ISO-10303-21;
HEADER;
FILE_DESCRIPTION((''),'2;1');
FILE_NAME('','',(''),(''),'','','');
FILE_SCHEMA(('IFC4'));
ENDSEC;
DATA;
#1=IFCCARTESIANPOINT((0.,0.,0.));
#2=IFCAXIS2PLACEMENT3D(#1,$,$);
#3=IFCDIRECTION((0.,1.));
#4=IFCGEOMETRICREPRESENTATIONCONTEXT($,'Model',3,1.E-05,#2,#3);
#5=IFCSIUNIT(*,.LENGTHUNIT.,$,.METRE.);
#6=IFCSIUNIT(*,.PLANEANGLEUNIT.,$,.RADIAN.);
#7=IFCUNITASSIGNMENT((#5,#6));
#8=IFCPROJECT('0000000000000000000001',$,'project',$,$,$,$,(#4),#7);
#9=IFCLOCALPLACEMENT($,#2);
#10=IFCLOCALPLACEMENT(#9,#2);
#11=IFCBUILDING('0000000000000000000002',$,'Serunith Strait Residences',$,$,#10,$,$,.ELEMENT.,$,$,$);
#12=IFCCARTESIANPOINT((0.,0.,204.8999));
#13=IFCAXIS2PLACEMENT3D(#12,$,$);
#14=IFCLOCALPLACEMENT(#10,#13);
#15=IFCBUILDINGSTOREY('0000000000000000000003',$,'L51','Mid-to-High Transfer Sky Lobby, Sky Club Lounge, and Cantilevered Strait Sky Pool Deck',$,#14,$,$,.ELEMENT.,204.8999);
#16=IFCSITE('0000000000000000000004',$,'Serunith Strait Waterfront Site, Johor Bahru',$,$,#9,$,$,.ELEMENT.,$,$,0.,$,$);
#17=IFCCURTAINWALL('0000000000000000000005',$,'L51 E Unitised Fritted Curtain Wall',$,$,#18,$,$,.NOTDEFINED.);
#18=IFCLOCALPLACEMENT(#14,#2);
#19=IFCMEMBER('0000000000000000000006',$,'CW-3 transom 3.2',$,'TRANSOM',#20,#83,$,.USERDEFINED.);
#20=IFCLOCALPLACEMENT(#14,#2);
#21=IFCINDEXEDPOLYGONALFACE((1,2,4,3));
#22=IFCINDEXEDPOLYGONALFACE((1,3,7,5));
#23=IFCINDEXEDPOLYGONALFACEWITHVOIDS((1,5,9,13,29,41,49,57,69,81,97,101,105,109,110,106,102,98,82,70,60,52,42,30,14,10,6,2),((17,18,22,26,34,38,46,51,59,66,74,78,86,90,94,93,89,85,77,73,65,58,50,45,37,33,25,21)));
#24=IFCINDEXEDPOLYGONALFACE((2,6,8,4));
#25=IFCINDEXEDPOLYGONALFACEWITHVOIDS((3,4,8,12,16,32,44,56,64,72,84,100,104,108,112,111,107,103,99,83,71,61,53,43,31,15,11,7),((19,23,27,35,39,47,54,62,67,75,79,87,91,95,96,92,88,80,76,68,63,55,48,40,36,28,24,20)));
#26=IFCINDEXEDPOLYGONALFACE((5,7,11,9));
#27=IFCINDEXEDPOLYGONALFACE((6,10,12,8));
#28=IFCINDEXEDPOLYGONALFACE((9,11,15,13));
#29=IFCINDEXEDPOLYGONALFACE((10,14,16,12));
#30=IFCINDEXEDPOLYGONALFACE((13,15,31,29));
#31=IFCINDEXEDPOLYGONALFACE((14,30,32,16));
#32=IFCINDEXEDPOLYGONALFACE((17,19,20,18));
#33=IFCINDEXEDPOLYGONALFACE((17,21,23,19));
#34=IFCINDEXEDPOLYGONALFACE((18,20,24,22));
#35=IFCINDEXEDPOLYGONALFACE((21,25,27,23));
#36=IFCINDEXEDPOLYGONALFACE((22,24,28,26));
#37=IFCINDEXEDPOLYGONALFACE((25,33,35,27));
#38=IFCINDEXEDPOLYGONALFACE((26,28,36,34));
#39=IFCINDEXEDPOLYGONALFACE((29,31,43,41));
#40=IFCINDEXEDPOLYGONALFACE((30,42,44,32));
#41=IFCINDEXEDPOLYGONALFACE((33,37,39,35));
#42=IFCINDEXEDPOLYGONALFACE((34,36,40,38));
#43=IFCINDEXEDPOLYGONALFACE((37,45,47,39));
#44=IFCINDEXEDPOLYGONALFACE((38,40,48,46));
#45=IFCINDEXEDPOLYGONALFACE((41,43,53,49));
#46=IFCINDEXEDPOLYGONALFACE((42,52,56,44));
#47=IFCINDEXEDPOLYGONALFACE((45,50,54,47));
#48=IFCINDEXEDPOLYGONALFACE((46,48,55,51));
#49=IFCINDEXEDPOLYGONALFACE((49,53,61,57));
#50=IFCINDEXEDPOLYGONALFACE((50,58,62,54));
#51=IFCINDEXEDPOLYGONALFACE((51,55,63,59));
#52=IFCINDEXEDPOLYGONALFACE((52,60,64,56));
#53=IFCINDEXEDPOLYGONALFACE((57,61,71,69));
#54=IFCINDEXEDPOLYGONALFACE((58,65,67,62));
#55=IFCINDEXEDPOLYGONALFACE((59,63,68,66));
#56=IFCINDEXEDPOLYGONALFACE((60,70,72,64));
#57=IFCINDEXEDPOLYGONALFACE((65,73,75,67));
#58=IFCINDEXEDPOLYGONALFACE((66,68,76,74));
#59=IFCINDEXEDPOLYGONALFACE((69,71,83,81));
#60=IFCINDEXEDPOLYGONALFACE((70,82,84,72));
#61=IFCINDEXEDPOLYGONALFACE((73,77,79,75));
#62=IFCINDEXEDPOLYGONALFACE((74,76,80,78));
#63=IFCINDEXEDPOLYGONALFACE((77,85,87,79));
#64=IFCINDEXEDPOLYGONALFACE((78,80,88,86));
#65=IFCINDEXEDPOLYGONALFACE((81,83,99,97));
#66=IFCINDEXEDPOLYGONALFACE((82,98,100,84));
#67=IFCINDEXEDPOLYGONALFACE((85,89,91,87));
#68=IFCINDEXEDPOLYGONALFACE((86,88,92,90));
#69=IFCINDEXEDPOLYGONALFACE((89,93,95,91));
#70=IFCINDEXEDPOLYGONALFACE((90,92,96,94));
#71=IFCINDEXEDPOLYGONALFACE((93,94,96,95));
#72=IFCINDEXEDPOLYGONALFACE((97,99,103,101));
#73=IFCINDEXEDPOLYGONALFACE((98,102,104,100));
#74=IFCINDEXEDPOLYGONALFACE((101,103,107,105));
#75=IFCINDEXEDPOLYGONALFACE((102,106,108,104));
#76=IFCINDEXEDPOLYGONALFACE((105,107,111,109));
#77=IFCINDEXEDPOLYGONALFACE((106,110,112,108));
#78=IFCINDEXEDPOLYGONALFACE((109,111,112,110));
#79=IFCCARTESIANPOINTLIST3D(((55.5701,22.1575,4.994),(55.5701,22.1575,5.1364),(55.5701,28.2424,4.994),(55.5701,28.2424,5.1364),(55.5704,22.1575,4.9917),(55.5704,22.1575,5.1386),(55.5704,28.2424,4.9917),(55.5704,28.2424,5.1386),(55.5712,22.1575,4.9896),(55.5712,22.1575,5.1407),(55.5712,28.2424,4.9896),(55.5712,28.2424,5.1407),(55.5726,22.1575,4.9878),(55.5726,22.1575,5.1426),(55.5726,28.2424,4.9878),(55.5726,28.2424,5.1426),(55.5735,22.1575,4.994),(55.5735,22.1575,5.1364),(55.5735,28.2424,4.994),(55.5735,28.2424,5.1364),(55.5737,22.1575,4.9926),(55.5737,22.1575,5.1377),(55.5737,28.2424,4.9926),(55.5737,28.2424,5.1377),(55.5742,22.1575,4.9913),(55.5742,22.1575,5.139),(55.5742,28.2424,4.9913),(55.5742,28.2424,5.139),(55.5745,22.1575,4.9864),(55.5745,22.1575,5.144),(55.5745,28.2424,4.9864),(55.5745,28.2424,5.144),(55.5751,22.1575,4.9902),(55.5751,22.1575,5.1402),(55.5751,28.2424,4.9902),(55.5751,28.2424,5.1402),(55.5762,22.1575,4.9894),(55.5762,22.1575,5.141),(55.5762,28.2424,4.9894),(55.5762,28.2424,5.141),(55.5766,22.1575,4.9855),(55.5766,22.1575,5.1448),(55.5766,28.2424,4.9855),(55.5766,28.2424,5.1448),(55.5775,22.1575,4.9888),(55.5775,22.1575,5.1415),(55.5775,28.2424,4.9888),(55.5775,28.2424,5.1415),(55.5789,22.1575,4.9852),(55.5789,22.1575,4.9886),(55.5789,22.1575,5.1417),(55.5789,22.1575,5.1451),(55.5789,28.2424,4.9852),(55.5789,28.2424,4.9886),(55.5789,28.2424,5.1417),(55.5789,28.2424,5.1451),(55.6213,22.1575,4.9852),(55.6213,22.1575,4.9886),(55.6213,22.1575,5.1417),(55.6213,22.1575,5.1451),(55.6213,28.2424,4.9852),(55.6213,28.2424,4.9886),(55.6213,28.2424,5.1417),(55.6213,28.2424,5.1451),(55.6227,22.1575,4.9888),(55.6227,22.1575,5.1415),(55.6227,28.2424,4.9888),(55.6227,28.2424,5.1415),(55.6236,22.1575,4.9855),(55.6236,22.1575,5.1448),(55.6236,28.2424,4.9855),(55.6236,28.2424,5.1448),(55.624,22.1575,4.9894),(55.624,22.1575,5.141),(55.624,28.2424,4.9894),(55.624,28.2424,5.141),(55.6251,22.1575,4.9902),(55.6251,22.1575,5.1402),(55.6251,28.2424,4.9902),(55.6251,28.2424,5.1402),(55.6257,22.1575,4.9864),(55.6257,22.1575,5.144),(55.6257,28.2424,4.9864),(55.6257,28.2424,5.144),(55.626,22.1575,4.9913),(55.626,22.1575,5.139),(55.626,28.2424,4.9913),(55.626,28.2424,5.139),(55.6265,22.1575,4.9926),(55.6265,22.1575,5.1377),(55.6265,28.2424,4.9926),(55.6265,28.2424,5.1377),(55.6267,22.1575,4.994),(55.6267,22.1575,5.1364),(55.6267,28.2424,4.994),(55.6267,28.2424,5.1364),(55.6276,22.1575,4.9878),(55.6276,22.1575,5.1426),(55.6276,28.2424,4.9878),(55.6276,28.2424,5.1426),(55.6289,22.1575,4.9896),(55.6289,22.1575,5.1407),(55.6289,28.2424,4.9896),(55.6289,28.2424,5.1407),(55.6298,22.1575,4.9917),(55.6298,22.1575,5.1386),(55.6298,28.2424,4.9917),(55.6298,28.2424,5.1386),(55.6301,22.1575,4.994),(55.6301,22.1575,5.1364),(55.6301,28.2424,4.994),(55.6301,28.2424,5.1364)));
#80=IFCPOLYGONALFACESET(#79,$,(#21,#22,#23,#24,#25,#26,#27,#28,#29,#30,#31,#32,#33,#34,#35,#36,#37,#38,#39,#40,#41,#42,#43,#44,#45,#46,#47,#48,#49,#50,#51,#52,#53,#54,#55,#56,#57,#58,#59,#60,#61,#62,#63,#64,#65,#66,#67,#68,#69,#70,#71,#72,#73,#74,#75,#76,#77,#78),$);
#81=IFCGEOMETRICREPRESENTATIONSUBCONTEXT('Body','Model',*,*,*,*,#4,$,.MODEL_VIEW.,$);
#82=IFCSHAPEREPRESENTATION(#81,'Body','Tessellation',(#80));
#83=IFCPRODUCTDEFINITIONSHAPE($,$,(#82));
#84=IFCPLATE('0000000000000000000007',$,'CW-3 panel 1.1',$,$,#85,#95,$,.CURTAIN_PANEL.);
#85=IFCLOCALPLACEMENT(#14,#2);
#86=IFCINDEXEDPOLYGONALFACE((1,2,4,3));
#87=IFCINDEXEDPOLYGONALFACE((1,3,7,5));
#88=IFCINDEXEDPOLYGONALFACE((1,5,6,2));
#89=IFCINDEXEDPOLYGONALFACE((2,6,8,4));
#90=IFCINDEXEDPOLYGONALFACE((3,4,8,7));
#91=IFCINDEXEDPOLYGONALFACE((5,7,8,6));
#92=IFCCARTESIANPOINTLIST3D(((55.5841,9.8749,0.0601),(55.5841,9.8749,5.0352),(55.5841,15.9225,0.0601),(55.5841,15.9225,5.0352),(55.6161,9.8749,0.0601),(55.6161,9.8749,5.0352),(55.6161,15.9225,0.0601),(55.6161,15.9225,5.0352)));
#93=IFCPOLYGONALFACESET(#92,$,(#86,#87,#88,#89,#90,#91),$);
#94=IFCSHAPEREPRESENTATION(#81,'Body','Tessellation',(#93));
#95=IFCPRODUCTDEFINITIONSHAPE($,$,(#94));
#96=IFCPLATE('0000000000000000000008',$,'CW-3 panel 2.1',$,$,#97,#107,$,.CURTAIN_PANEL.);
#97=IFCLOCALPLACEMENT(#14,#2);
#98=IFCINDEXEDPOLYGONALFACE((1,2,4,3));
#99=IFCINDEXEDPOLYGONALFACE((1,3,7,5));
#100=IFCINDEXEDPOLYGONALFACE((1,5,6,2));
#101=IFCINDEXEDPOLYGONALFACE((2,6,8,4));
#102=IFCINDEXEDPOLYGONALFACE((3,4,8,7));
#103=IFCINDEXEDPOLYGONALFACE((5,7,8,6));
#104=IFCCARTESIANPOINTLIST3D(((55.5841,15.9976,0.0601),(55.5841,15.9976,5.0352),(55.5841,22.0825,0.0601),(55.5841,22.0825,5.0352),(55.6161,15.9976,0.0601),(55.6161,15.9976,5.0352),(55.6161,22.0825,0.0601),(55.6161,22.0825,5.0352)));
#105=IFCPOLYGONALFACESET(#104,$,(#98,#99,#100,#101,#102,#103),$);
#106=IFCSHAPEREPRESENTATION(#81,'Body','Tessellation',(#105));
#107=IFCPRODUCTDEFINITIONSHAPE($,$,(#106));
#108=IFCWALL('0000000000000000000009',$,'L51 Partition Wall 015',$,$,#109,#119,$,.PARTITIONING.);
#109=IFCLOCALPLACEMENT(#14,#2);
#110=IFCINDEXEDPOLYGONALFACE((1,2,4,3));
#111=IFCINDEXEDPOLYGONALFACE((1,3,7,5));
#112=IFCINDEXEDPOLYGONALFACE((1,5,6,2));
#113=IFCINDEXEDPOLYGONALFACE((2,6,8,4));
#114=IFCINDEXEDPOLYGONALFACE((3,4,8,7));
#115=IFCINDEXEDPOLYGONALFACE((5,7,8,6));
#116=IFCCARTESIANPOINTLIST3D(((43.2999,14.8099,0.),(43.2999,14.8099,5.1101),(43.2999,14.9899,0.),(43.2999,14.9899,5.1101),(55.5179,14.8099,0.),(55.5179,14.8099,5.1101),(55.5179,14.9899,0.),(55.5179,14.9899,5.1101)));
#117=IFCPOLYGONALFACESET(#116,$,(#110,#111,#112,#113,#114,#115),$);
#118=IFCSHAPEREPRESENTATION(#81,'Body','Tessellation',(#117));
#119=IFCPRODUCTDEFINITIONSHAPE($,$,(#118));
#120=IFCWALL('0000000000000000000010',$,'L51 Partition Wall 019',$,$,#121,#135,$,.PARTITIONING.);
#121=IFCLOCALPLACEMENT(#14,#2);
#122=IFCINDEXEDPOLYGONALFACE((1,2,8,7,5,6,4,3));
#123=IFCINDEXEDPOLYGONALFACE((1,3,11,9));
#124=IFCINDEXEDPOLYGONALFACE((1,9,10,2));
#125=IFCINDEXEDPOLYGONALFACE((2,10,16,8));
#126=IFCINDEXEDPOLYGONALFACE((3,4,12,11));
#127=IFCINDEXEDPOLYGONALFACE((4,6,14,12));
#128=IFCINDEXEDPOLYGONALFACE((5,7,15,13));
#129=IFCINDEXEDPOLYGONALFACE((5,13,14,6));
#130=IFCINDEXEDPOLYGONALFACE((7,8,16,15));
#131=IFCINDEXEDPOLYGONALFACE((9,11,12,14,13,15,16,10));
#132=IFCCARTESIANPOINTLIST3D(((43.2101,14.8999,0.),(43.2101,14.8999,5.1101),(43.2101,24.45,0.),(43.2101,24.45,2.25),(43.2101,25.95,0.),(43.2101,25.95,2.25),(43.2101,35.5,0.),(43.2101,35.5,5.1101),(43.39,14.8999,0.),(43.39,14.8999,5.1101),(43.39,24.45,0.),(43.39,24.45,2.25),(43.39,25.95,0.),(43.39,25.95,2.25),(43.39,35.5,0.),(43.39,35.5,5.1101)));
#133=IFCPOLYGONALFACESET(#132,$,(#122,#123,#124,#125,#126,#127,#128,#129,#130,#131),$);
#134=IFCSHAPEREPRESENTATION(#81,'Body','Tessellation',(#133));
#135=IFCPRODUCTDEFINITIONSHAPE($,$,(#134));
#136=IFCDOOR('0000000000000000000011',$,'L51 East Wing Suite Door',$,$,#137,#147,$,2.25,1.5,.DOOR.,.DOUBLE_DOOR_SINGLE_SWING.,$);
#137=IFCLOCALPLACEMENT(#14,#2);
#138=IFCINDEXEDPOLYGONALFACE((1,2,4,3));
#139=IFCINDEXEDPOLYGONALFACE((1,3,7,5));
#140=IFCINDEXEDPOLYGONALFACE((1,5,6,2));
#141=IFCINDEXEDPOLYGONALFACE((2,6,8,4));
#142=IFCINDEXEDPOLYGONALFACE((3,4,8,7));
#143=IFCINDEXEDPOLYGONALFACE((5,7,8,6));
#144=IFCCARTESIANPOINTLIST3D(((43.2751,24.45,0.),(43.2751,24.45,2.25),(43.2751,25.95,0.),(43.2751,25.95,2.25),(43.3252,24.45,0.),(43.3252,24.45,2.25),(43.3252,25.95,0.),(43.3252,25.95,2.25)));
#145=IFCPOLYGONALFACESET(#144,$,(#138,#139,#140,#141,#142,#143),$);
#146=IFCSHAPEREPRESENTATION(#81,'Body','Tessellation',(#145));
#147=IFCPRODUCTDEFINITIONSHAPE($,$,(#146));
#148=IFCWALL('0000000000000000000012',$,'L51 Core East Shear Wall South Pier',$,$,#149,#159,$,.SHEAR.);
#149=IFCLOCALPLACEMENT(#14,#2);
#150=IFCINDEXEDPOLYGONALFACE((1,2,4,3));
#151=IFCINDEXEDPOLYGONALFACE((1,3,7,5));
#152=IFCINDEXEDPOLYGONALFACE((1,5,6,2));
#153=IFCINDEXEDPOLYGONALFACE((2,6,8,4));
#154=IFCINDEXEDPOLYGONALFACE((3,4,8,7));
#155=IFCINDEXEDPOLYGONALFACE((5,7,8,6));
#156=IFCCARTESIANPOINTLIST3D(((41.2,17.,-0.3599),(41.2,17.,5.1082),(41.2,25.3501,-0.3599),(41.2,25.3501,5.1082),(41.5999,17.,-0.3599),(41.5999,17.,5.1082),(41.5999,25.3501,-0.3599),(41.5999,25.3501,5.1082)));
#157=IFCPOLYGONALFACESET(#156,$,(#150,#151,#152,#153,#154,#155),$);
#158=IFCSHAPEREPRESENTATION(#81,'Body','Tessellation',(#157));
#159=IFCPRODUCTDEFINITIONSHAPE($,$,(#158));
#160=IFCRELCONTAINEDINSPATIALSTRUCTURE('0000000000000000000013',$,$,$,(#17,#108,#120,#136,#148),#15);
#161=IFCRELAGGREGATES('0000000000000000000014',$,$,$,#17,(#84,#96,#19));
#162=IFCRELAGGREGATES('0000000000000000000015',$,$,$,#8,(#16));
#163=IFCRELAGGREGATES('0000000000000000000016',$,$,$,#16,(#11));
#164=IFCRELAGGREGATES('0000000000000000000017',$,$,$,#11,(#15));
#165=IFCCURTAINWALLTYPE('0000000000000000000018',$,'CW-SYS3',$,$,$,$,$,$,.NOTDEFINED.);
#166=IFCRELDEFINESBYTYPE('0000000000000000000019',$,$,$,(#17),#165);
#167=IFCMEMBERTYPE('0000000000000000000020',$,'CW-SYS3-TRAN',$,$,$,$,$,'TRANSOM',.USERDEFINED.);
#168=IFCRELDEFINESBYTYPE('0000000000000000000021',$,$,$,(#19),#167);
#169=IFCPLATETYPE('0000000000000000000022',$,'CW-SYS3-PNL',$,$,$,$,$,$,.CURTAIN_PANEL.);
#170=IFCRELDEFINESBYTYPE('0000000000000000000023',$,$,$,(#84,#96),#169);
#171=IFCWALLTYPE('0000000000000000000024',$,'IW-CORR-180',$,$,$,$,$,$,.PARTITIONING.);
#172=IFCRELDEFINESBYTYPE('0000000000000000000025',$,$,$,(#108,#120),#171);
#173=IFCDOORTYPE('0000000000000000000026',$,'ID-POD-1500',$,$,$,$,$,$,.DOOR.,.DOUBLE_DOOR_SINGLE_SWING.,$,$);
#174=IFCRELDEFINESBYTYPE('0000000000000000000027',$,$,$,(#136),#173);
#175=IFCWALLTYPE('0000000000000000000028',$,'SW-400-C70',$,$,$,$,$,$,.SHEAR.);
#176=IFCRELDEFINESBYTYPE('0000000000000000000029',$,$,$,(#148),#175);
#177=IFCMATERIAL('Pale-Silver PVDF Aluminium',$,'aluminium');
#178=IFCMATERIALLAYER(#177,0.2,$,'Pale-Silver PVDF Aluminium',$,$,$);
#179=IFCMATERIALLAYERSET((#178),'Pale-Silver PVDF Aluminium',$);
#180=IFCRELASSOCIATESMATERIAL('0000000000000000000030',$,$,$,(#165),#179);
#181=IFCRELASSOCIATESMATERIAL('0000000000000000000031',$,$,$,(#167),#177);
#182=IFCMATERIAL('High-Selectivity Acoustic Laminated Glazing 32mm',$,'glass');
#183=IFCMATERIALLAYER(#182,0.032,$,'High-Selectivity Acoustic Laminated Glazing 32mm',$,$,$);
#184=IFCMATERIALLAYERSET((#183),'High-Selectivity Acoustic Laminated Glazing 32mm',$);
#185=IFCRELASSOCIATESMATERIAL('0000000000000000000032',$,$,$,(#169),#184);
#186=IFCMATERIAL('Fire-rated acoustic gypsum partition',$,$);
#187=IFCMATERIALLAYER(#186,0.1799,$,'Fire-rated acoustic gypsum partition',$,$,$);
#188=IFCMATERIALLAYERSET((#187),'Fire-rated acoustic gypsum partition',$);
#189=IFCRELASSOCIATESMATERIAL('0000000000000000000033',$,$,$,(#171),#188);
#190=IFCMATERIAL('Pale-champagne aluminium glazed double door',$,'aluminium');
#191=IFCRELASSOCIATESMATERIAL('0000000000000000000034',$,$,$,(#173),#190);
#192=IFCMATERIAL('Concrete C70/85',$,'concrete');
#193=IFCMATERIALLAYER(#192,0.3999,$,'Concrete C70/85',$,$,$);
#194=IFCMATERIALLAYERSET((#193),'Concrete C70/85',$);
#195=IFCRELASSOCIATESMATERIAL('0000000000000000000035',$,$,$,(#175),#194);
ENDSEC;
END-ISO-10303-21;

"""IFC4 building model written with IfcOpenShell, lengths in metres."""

from ifc_helpers import new_model, si_unit, direction, frame, frame_2d, origin, origin_2d, place, context, subcontext, project, spatial, rectangle, hollow_rectangle, extrude, source, transform, mapped, material, layer, layer_set, material_profile, profile_set, type_object, element, fill, aggregate, save


model = new_model("IFC4")

# Units and contexts
model_context = context("Model", 3, precision=1e-05, world=origin(), true_north=direction((0.0, 1.0)))
body_context = subcontext(model_context, "Body", "Model", "MODEL_VIEW")
ifc_project = project(units=[si_unit("LENGTHUNIT", "METRE"), si_unit("PLANEANGLEUNIT", "RADIAN")], contexts=[model_context])

# Site, building, storey
site_placement = place(None, origin())
site = spatial("IfcSite", under=ifc_project, at=site_placement, Name="Serunith Strait Waterfront Site, Johor Bahru", CompositionType="ELEMENT", RefElevation=0.0)
building_placement = place(site_placement, origin())
building = spatial("IfcBuilding", under=site, at=building_placement, Name="Serunith Strait Residences", CompositionType="ELEMENT")
storey_placement = place(building_placement, frame((0.0, 0.0, 204.8999)))
storey = spatial("IfcBuildingStorey", under=building, at=storey_placement, Name="L51", Description="Mid-to-High Transfer Sky Lobby, Sky Club Lounge, and Cantilevered Strait Sky Pool Deck", CompositionType="ELEMENT", Elevation=204.8999)

# Curtain wall, member, plates
ifc_material_1 = material(Name="Pale-Silver PVDF Aluminium", Category="aluminium")
ifc_layer_1 = layer(ifc_material_1, 0.2, Name="Pale-Silver PVDF Aluminium")
ifc_layer_set_1 = layer_set([ifc_layer_1], Name="Pale-Silver PVDF Aluminium")
curtain_wall_type = type_object("IfcCurtainWallType", Name="CW-SYS3", PredefinedType="NOTDEFINED", material=ifc_layer_set_1)
curtain_wall_placement = place(storey_placement, origin())
curtain_wall = element("IfcCurtainWall", 1, at=curtain_wall_placement, inside=storey, type_object=curtain_wall_type, Name="L51 E Unitised Fritted Curtain Wall", PredefinedType="NOTDEFINED")
ifc_material_profile_1 = material_profile(ifc_material_1, hollow_rectangle(XDim=0.0601, YDim=0.1599, WallThickness=0.0034, InnerFilletRadius=0.0054, OuterFilletRadius=0.0088, at=origin_2d()), Name="ALU 160x60x3.5")
ifc_profile_set_1 = profile_set([ifc_material_profile_1], Name="Pale-Silver PVDF Aluminium")
member_type_1 = type_object("IfcMemberType", Name="CW-SYS3-TRAN", ElementType="TRANSOM", PredefinedType="USERDEFINED", material=ifc_profile_set_1)
shared_shape_1 = source(origin(), body_context, "Body", "SweptSolid", [
    extrude(hollow_rectangle(XDim=0.0601, YDim=0.1599, WallThickness=0.0034, InnerFilletRadius=0.0054, OuterFilletRadius=0.0088, at=origin_2d()), origin(), (0.0, 0.0, 1.0), 6.085),
])
member_1_placement = place(storey_placement, frame((55.6001, 22.1575, 5.0652), z_axis=(0.0, 1.0, 0.0), x_axis=(-1.0, 0.0, 0.0)))
member_1 = element("IfcMember", 2, at=member_1_placement, type_object=member_type_1, Name="CW-3 transom 3.2", ObjectType="TRANSOM", PredefinedType="USERDEFINED", context=body_context, shape_type="MappedRepresentation", body=[
    mapped(shared_shape_1, transform((0.0, 0.0, 0.0), scale=1.0)),
])
ifc_material_2 = material(Name="High-Selectivity Acoustic Laminated Glazing 32mm", Category="glass")
ifc_layer_2 = layer(ifc_material_2, 0.032, Name="High-Selectivity Acoustic Laminated Glazing 32mm")
ifc_layer_set_2 = layer_set([ifc_layer_2], Name="High-Selectivity Acoustic Laminated Glazing 32mm")
plate_type = type_object("IfcPlateType", Name="CW-SYS3-PNL", PredefinedType="CURTAIN_PANEL", material=ifc_layer_set_2)
shared_shape_2 = source(origin(), body_context, "Body", "SweptSolid", [
    extrude(rectangle(XDim=6.0476, YDim=0.032, at=origin_2d()), origin(), (0.0, 0.0, 1.0), 4.9751),
])
plate_1_placement = place(storey_placement, frame((55.6001, 12.8987, 0.0601), z_axis=(0.0, 0.0, 1.0), x_axis=(0.0, 1.0, 0.0)))
plate_1 = element("IfcPlate", 3, at=plate_1_placement, type_object=plate_type, Name="CW-3 panel 1.1", PredefinedType="CURTAIN_PANEL", context=body_context, shape_type="MappedRepresentation", body=[
    mapped(shared_shape_2, transform((0.0, 0.0, 0.0), scale=1.0)),
])
shared_shape_3 = source(origin(), body_context, "Body", "SweptSolid", [
    extrude(rectangle(XDim=6.085, YDim=0.032, at=origin_2d()), origin(), (0.0, 0.0, 1.0), 4.9751),
])
plate_2_placement = place(storey_placement, frame((55.6001, 19.04, 0.0601), z_axis=(0.0, 0.0, 1.0), x_axis=(0.0, 1.0, 0.0)))
plate_2 = element("IfcPlate", 4, at=plate_2_placement, type_object=plate_type, Name="CW-3 panel 2.1", PredefinedType="CURTAIN_PANEL", context=body_context, shape_type="MappedRepresentation", body=[
    mapped(shared_shape_3, transform((0.0, 0.0, 0.0), scale=1.0)),
])
aggregate(curtain_wall, [plate_1, plate_2, member_1])

# Wall
ifc_material_3 = material(Name="Fire-rated acoustic gypsum partition")
ifc_layer_3 = layer(ifc_material_3, 0.1799, Name="Fire-rated acoustic gypsum partition")
ifc_layer_set_3 = layer_set([ifc_layer_3], Name="Fire-rated acoustic gypsum partition")
wall_type_1 = type_object("IfcWallType", Name="IW-CORR-180", PredefinedType="PARTITIONING", material=ifc_layer_set_3)
wall_1_placement = place(storey_placement, frame((43.3, 14.8999, 0.0), z_axis=(0.0, 0.0, 1.0), x_axis=(1.0, 0.0, 0.0)))
element("IfcWall", 5, at=wall_1_placement, inside=storey, type_object=wall_type_1, Name="L51 Partition Wall 015", PredefinedType="PARTITIONING", context=body_context, shape_type="SweptSolid", body=[
    extrude(rectangle(XDim=12.218, YDim=0.1799, at=frame_2d((6.1089, 0.0))), origin(), (0.0, 0.0, 1.0), 5.1101),
])

# Wall, opening, door
wall_2_placement = place(storey_placement, frame((43.3, 14.8999, 0.0), z_axis=(0.0, 0.0, 1.0), x_axis=(0.0, 1.0, 0.0)))
wall_2 = element("IfcWall", 6, at=wall_2_placement, inside=storey, type_object=wall_type_1, Name="L51 Partition Wall 019", PredefinedType="PARTITIONING", context=body_context, shape_type="SweptSolid", body=[
    extrude(rectangle(XDim=20.6001, YDim=0.1799, at=frame_2d((10.3, 0.0))), origin(), (0.0, 0.0, 1.0), 5.1101),
])
opening_placement = place(wall_2_placement, frame((9.55, 0.0, 0.0)))
opening = element("IfcOpeningElement", 7, at=opening_placement, cuts=wall_2, PredefinedType="OPENING", context=body_context, shape_type="SweptSolid", body=[
    extrude(rectangle(XDim=1.5, YDim=2.25, at=frame_2d((0.75, 1.125))), frame((0.0, 0.1001, 0.0), z_axis=(0.0, -1.0, 0.0), x_axis=(1.0, 0.0, 0.0)), (0.0, 0.0, 1.0), 0.2),
])
ifc_material_4 = material(Name="Pale-champagne aluminium glazed double door", Category="aluminium")
door_type = type_object("IfcDoorType", Name="ID-POD-1500", OperationType="DOUBLE_DOOR_SINGLE_SWING", PredefinedType="DOOR", material=ifc_material_4)
shared_shape_4 = source(origin(), body_context, "Body", "SweptSolid", [
    extrude(rectangle(XDim=1.5, YDim=2.25, at=frame_2d((0.75, 1.125))), frame((0.0, 0.0249, 0.0), z_axis=(0.0, -1.0, 0.0), x_axis=(1.0, 0.0, 0.0)), (0.0, 0.0, 1.0), 0.05),
])
door_placement = place(opening_placement, origin())
door = element("IfcDoor", 8, at=door_placement, inside=storey, type_object=door_type, Name="L51 East Wing Suite Door", OperationType="DOUBLE_DOOR_SINGLE_SWING", OverallHeight=2.25, OverallWidth=1.5, PredefinedType="DOOR", context=body_context, shape_type="MappedRepresentation", body=[
    mapped(shared_shape_4, transform((0.0, 0.0, 0.0), scale=1.0)),
])
fill(opening, door)

# Wall
ifc_material_5 = material(Name="Concrete C70/85", Category="concrete")
ifc_layer_4 = layer(ifc_material_5, 0.3999, Name="Concrete C70/85")
ifc_layer_set_4 = layer_set([ifc_layer_4], Name="Concrete C70/85")
wall_type_2 = type_object("IfcWallType", Name="SW-400-C70", PredefinedType="SHEAR", material=ifc_layer_set_4)
wall_3_placement = place(storey_placement, frame((41.3999, 17.0, -0.3599), z_axis=(0.0, 0.0, 1.0), x_axis=(0.0, 1.0, 0.0)))
element("IfcWall", 9, at=wall_3_placement, inside=storey, type_object=wall_type_2, Name="L51 Core East Shear Wall South Pier", PredefinedType="SHEAR", context=body_context, shape_type="SweptSolid", body=[
    extrude(rectangle(XDim=8.3501, YDim=0.3999, at=frame_2d((4.175, 0.0))), origin(), (0.0, 0.0, 1.0), 5.468),
])

save(model, "model.ifc")
